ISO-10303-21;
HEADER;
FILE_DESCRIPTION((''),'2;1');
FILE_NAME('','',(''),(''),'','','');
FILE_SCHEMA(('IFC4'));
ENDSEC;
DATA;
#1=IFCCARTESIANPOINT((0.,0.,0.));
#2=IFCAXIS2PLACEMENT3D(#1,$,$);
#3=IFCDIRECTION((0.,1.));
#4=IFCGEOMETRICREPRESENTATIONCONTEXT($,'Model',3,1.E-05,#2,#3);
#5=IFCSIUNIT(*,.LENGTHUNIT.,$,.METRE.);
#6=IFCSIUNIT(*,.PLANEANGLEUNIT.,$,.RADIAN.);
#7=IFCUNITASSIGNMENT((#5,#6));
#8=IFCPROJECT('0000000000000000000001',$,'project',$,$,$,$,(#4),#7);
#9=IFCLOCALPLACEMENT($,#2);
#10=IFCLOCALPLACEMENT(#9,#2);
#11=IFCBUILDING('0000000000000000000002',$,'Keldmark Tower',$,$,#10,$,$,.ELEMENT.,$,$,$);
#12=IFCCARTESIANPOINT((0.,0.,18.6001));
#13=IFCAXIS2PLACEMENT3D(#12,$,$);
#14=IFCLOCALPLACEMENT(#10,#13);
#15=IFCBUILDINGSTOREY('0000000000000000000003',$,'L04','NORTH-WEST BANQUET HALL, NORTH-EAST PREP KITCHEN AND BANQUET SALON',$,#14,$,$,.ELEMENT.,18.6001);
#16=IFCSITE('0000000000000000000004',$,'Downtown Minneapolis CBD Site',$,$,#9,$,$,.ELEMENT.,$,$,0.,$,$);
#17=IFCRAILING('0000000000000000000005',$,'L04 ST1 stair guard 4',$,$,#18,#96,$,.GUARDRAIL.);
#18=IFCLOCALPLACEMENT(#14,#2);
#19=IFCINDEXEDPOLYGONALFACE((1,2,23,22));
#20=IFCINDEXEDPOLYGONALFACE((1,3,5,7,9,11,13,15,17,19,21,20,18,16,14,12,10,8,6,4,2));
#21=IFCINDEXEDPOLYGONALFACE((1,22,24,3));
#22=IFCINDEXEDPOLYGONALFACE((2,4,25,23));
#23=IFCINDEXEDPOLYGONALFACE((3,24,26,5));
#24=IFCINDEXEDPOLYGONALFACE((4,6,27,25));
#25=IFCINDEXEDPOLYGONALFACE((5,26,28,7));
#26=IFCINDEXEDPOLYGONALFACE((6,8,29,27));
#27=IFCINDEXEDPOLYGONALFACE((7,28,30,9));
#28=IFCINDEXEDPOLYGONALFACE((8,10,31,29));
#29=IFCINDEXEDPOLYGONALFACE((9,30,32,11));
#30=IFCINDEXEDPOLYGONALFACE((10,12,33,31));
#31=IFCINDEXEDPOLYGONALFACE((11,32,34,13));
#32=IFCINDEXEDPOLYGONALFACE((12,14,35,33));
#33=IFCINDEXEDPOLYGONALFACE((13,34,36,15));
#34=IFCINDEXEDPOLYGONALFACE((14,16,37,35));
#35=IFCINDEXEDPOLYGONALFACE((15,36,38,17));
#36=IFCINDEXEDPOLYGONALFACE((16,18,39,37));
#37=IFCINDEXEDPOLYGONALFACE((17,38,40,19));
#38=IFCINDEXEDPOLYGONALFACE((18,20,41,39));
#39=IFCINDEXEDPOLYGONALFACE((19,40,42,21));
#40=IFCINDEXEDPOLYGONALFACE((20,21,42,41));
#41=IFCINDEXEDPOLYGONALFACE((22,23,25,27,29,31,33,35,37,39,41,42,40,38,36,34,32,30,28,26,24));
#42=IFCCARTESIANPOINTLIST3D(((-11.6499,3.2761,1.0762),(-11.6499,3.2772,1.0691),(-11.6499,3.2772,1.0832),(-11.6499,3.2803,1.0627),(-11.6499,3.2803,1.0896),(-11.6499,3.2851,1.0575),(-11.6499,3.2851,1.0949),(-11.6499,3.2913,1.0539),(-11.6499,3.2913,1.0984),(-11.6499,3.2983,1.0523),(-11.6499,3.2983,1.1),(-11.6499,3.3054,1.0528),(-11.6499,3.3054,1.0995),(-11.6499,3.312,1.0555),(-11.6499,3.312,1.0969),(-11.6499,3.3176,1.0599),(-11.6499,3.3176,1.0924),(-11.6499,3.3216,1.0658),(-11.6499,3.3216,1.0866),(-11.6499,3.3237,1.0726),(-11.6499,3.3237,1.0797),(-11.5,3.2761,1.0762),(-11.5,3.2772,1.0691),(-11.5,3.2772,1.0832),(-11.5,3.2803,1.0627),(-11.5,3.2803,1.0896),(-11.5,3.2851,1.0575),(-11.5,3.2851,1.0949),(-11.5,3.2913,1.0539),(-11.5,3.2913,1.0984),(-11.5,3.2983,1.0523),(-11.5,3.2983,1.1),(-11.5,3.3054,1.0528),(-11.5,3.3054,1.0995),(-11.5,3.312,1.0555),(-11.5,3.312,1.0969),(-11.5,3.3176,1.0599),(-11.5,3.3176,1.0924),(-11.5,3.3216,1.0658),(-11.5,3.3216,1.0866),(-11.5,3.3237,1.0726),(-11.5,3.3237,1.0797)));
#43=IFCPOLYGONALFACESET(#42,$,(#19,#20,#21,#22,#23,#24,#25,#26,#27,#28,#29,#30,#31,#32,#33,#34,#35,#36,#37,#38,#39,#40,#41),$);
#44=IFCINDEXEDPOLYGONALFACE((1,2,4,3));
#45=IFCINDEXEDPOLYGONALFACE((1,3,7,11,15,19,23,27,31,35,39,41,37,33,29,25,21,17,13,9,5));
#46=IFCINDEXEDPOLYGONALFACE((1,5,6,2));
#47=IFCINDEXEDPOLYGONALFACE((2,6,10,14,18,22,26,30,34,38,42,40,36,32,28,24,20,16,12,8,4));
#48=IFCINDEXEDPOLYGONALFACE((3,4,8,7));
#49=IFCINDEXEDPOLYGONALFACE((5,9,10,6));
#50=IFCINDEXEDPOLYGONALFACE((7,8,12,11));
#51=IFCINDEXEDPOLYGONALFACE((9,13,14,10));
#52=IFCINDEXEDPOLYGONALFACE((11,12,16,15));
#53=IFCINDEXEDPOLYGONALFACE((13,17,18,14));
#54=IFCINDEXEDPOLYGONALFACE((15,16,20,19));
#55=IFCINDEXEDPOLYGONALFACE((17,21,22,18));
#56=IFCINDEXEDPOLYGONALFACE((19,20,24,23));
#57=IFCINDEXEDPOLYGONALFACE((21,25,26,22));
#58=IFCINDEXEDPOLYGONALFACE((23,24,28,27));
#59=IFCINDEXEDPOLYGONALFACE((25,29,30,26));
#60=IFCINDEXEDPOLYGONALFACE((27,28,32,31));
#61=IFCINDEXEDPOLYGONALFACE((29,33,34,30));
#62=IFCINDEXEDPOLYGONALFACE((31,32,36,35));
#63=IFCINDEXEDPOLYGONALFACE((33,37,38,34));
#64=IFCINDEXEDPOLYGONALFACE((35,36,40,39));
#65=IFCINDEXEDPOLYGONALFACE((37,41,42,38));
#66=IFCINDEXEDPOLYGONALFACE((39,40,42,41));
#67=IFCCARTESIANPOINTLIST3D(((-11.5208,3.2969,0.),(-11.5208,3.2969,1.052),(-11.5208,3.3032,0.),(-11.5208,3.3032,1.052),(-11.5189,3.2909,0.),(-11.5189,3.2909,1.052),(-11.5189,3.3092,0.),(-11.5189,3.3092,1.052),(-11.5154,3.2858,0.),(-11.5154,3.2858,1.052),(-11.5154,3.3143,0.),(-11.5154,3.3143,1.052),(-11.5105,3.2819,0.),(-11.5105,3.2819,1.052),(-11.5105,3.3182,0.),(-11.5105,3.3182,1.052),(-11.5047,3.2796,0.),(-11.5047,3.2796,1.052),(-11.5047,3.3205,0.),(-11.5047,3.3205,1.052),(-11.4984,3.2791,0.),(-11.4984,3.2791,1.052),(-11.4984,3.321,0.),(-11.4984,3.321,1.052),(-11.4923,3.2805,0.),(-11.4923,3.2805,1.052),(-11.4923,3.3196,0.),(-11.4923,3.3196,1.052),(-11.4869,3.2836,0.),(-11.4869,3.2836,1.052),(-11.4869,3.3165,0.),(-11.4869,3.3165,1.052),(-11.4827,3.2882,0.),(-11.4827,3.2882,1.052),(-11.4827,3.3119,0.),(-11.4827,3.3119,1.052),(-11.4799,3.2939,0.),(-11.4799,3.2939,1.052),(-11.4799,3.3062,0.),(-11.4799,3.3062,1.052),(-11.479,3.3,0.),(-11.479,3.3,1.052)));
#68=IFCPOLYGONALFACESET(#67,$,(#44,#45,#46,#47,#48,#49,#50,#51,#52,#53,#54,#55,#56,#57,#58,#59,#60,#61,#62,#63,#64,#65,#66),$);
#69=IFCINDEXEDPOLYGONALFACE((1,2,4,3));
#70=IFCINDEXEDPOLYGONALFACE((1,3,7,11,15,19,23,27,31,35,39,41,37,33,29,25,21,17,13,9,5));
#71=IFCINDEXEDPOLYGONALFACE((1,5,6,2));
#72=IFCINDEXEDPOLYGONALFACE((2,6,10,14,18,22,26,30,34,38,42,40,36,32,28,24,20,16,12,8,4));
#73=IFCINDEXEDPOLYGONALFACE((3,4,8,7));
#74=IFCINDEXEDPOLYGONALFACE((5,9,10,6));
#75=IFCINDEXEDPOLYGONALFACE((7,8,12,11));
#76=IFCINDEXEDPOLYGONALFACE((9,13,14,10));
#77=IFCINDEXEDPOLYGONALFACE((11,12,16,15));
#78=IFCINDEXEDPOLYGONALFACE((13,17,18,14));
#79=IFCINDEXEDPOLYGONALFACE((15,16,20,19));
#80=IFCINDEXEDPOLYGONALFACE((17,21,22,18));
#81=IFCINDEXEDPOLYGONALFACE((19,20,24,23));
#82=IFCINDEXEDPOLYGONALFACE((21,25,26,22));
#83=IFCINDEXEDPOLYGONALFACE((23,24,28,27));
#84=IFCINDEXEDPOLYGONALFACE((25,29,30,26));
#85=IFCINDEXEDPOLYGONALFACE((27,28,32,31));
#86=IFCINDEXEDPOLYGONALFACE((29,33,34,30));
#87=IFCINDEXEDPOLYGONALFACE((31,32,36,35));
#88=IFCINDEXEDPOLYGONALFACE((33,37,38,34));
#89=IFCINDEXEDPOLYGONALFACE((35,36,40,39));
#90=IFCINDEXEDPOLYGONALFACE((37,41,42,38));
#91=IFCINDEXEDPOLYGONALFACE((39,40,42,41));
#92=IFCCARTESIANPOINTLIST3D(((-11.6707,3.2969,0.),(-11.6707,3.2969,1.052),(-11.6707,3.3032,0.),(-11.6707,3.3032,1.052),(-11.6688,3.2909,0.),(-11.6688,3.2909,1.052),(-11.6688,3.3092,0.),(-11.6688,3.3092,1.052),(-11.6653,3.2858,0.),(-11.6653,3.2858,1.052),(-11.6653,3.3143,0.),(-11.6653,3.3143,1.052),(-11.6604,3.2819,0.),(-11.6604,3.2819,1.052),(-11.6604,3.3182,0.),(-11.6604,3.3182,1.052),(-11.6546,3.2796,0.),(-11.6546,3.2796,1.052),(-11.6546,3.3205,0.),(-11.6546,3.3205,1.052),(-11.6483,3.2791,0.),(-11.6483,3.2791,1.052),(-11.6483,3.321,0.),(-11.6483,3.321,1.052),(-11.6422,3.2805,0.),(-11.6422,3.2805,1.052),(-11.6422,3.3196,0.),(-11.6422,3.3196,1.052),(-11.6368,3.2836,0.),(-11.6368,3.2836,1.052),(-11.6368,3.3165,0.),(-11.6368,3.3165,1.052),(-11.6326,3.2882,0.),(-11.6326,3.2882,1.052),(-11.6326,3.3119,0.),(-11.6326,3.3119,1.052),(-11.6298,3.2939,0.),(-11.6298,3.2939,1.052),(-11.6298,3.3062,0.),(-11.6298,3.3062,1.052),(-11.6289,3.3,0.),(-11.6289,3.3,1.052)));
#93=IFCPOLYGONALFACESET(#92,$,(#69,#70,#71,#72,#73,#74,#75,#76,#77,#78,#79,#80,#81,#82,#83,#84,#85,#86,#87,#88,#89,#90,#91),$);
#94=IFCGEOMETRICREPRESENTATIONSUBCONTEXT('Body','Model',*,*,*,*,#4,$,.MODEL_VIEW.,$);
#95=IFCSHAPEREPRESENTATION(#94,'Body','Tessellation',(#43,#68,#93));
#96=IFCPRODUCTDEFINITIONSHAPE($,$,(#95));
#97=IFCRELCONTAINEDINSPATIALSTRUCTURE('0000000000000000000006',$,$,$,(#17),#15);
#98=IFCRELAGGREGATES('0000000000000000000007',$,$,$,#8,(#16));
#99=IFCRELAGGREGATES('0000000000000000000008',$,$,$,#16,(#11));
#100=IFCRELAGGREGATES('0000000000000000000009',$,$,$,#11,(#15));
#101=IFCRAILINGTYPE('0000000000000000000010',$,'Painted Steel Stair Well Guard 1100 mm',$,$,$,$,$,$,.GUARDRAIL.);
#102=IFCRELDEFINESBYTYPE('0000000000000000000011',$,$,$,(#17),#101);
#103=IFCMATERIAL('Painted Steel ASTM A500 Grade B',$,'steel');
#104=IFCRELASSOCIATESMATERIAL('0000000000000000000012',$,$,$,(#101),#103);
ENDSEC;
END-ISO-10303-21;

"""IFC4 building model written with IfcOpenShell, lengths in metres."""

from ifc_helpers import new_model, si_unit, direction, frame, origin, origin_2d, place, context, subcontext, project, spatial, circle, extrude, material, type_object, element, save


model = new_model("IFC4")

# Units and contexts
model_context = context("Model", 3, precision=1e-05, world=origin(), true_north=direction((0.0, 1.0)))
body_context = subcontext(model_context, "Body", "Model", "MODEL_VIEW")
ifc_project = project(units=[si_unit("LENGTHUNIT", "METRE"), si_unit("PLANEANGLEUNIT", "RADIAN")], contexts=[model_context])

# Site, building, storey
site_placement = place(None, origin())
site = spatial("IfcSite", under=ifc_project, at=site_placement, Name="Downtown Minneapolis CBD Site", CompositionType="ELEMENT", RefElevation=0.0)
building_placement = place(site_placement, origin())
building = spatial("IfcBuilding", under=site, at=building_placement, Name="Keldmark Tower", CompositionType="ELEMENT")
storey_placement = place(building_placement, frame((0.0, 0.0, 18.6001)))
storey = spatial("IfcBuildingStorey", under=building, at=storey_placement, Name="L04", Description="NORTH-WEST BANQUET HALL, NORTH-EAST PREP KITCHEN AND BANQUET SALON", CompositionType="ELEMENT", Elevation=18.6001)

# Railing
ifc_material_1 = material(Name="Painted Steel ASTM A500 Grade B", Category="steel")
railing_type_1 = type_object("IfcRailingType", Name="Painted Steel Stair Well Guard 1100 mm", PredefinedType="GUARDRAIL", material=ifc_material_1)
railing_1_placement = place(storey_placement, frame((-11.5, 3.3, 0.0)))
element("IfcRailing", 1, at=railing_1_placement, inside=storey, type_object=railing_type_1, Name="L04 ST1 stair guard 4", PredefinedType="GUARDRAIL", context=body_context, shape_type="SweptSolid", body=[
    extrude(circle(Radius=0.0239, at=origin_2d()), frame((0.0, 0.0, 1.0762), z_axis=(-1.0, 0.0, 0.0), x_axis=(0.0, -1.0, 0.0)), (0.0, 0.0, 1.0), 0.1499),
    extrude(circle(Radius=0.021, at=origin_2d()), origin(), (0.0, 0.0, 1.0), 1.052),
    extrude(circle(Radius=0.021, at=origin_2d()), frame((-0.1499, 0.0, 0.0)), (0.0, 0.0, 1.0), 1.052),
])

save(model, "model.ifc")
